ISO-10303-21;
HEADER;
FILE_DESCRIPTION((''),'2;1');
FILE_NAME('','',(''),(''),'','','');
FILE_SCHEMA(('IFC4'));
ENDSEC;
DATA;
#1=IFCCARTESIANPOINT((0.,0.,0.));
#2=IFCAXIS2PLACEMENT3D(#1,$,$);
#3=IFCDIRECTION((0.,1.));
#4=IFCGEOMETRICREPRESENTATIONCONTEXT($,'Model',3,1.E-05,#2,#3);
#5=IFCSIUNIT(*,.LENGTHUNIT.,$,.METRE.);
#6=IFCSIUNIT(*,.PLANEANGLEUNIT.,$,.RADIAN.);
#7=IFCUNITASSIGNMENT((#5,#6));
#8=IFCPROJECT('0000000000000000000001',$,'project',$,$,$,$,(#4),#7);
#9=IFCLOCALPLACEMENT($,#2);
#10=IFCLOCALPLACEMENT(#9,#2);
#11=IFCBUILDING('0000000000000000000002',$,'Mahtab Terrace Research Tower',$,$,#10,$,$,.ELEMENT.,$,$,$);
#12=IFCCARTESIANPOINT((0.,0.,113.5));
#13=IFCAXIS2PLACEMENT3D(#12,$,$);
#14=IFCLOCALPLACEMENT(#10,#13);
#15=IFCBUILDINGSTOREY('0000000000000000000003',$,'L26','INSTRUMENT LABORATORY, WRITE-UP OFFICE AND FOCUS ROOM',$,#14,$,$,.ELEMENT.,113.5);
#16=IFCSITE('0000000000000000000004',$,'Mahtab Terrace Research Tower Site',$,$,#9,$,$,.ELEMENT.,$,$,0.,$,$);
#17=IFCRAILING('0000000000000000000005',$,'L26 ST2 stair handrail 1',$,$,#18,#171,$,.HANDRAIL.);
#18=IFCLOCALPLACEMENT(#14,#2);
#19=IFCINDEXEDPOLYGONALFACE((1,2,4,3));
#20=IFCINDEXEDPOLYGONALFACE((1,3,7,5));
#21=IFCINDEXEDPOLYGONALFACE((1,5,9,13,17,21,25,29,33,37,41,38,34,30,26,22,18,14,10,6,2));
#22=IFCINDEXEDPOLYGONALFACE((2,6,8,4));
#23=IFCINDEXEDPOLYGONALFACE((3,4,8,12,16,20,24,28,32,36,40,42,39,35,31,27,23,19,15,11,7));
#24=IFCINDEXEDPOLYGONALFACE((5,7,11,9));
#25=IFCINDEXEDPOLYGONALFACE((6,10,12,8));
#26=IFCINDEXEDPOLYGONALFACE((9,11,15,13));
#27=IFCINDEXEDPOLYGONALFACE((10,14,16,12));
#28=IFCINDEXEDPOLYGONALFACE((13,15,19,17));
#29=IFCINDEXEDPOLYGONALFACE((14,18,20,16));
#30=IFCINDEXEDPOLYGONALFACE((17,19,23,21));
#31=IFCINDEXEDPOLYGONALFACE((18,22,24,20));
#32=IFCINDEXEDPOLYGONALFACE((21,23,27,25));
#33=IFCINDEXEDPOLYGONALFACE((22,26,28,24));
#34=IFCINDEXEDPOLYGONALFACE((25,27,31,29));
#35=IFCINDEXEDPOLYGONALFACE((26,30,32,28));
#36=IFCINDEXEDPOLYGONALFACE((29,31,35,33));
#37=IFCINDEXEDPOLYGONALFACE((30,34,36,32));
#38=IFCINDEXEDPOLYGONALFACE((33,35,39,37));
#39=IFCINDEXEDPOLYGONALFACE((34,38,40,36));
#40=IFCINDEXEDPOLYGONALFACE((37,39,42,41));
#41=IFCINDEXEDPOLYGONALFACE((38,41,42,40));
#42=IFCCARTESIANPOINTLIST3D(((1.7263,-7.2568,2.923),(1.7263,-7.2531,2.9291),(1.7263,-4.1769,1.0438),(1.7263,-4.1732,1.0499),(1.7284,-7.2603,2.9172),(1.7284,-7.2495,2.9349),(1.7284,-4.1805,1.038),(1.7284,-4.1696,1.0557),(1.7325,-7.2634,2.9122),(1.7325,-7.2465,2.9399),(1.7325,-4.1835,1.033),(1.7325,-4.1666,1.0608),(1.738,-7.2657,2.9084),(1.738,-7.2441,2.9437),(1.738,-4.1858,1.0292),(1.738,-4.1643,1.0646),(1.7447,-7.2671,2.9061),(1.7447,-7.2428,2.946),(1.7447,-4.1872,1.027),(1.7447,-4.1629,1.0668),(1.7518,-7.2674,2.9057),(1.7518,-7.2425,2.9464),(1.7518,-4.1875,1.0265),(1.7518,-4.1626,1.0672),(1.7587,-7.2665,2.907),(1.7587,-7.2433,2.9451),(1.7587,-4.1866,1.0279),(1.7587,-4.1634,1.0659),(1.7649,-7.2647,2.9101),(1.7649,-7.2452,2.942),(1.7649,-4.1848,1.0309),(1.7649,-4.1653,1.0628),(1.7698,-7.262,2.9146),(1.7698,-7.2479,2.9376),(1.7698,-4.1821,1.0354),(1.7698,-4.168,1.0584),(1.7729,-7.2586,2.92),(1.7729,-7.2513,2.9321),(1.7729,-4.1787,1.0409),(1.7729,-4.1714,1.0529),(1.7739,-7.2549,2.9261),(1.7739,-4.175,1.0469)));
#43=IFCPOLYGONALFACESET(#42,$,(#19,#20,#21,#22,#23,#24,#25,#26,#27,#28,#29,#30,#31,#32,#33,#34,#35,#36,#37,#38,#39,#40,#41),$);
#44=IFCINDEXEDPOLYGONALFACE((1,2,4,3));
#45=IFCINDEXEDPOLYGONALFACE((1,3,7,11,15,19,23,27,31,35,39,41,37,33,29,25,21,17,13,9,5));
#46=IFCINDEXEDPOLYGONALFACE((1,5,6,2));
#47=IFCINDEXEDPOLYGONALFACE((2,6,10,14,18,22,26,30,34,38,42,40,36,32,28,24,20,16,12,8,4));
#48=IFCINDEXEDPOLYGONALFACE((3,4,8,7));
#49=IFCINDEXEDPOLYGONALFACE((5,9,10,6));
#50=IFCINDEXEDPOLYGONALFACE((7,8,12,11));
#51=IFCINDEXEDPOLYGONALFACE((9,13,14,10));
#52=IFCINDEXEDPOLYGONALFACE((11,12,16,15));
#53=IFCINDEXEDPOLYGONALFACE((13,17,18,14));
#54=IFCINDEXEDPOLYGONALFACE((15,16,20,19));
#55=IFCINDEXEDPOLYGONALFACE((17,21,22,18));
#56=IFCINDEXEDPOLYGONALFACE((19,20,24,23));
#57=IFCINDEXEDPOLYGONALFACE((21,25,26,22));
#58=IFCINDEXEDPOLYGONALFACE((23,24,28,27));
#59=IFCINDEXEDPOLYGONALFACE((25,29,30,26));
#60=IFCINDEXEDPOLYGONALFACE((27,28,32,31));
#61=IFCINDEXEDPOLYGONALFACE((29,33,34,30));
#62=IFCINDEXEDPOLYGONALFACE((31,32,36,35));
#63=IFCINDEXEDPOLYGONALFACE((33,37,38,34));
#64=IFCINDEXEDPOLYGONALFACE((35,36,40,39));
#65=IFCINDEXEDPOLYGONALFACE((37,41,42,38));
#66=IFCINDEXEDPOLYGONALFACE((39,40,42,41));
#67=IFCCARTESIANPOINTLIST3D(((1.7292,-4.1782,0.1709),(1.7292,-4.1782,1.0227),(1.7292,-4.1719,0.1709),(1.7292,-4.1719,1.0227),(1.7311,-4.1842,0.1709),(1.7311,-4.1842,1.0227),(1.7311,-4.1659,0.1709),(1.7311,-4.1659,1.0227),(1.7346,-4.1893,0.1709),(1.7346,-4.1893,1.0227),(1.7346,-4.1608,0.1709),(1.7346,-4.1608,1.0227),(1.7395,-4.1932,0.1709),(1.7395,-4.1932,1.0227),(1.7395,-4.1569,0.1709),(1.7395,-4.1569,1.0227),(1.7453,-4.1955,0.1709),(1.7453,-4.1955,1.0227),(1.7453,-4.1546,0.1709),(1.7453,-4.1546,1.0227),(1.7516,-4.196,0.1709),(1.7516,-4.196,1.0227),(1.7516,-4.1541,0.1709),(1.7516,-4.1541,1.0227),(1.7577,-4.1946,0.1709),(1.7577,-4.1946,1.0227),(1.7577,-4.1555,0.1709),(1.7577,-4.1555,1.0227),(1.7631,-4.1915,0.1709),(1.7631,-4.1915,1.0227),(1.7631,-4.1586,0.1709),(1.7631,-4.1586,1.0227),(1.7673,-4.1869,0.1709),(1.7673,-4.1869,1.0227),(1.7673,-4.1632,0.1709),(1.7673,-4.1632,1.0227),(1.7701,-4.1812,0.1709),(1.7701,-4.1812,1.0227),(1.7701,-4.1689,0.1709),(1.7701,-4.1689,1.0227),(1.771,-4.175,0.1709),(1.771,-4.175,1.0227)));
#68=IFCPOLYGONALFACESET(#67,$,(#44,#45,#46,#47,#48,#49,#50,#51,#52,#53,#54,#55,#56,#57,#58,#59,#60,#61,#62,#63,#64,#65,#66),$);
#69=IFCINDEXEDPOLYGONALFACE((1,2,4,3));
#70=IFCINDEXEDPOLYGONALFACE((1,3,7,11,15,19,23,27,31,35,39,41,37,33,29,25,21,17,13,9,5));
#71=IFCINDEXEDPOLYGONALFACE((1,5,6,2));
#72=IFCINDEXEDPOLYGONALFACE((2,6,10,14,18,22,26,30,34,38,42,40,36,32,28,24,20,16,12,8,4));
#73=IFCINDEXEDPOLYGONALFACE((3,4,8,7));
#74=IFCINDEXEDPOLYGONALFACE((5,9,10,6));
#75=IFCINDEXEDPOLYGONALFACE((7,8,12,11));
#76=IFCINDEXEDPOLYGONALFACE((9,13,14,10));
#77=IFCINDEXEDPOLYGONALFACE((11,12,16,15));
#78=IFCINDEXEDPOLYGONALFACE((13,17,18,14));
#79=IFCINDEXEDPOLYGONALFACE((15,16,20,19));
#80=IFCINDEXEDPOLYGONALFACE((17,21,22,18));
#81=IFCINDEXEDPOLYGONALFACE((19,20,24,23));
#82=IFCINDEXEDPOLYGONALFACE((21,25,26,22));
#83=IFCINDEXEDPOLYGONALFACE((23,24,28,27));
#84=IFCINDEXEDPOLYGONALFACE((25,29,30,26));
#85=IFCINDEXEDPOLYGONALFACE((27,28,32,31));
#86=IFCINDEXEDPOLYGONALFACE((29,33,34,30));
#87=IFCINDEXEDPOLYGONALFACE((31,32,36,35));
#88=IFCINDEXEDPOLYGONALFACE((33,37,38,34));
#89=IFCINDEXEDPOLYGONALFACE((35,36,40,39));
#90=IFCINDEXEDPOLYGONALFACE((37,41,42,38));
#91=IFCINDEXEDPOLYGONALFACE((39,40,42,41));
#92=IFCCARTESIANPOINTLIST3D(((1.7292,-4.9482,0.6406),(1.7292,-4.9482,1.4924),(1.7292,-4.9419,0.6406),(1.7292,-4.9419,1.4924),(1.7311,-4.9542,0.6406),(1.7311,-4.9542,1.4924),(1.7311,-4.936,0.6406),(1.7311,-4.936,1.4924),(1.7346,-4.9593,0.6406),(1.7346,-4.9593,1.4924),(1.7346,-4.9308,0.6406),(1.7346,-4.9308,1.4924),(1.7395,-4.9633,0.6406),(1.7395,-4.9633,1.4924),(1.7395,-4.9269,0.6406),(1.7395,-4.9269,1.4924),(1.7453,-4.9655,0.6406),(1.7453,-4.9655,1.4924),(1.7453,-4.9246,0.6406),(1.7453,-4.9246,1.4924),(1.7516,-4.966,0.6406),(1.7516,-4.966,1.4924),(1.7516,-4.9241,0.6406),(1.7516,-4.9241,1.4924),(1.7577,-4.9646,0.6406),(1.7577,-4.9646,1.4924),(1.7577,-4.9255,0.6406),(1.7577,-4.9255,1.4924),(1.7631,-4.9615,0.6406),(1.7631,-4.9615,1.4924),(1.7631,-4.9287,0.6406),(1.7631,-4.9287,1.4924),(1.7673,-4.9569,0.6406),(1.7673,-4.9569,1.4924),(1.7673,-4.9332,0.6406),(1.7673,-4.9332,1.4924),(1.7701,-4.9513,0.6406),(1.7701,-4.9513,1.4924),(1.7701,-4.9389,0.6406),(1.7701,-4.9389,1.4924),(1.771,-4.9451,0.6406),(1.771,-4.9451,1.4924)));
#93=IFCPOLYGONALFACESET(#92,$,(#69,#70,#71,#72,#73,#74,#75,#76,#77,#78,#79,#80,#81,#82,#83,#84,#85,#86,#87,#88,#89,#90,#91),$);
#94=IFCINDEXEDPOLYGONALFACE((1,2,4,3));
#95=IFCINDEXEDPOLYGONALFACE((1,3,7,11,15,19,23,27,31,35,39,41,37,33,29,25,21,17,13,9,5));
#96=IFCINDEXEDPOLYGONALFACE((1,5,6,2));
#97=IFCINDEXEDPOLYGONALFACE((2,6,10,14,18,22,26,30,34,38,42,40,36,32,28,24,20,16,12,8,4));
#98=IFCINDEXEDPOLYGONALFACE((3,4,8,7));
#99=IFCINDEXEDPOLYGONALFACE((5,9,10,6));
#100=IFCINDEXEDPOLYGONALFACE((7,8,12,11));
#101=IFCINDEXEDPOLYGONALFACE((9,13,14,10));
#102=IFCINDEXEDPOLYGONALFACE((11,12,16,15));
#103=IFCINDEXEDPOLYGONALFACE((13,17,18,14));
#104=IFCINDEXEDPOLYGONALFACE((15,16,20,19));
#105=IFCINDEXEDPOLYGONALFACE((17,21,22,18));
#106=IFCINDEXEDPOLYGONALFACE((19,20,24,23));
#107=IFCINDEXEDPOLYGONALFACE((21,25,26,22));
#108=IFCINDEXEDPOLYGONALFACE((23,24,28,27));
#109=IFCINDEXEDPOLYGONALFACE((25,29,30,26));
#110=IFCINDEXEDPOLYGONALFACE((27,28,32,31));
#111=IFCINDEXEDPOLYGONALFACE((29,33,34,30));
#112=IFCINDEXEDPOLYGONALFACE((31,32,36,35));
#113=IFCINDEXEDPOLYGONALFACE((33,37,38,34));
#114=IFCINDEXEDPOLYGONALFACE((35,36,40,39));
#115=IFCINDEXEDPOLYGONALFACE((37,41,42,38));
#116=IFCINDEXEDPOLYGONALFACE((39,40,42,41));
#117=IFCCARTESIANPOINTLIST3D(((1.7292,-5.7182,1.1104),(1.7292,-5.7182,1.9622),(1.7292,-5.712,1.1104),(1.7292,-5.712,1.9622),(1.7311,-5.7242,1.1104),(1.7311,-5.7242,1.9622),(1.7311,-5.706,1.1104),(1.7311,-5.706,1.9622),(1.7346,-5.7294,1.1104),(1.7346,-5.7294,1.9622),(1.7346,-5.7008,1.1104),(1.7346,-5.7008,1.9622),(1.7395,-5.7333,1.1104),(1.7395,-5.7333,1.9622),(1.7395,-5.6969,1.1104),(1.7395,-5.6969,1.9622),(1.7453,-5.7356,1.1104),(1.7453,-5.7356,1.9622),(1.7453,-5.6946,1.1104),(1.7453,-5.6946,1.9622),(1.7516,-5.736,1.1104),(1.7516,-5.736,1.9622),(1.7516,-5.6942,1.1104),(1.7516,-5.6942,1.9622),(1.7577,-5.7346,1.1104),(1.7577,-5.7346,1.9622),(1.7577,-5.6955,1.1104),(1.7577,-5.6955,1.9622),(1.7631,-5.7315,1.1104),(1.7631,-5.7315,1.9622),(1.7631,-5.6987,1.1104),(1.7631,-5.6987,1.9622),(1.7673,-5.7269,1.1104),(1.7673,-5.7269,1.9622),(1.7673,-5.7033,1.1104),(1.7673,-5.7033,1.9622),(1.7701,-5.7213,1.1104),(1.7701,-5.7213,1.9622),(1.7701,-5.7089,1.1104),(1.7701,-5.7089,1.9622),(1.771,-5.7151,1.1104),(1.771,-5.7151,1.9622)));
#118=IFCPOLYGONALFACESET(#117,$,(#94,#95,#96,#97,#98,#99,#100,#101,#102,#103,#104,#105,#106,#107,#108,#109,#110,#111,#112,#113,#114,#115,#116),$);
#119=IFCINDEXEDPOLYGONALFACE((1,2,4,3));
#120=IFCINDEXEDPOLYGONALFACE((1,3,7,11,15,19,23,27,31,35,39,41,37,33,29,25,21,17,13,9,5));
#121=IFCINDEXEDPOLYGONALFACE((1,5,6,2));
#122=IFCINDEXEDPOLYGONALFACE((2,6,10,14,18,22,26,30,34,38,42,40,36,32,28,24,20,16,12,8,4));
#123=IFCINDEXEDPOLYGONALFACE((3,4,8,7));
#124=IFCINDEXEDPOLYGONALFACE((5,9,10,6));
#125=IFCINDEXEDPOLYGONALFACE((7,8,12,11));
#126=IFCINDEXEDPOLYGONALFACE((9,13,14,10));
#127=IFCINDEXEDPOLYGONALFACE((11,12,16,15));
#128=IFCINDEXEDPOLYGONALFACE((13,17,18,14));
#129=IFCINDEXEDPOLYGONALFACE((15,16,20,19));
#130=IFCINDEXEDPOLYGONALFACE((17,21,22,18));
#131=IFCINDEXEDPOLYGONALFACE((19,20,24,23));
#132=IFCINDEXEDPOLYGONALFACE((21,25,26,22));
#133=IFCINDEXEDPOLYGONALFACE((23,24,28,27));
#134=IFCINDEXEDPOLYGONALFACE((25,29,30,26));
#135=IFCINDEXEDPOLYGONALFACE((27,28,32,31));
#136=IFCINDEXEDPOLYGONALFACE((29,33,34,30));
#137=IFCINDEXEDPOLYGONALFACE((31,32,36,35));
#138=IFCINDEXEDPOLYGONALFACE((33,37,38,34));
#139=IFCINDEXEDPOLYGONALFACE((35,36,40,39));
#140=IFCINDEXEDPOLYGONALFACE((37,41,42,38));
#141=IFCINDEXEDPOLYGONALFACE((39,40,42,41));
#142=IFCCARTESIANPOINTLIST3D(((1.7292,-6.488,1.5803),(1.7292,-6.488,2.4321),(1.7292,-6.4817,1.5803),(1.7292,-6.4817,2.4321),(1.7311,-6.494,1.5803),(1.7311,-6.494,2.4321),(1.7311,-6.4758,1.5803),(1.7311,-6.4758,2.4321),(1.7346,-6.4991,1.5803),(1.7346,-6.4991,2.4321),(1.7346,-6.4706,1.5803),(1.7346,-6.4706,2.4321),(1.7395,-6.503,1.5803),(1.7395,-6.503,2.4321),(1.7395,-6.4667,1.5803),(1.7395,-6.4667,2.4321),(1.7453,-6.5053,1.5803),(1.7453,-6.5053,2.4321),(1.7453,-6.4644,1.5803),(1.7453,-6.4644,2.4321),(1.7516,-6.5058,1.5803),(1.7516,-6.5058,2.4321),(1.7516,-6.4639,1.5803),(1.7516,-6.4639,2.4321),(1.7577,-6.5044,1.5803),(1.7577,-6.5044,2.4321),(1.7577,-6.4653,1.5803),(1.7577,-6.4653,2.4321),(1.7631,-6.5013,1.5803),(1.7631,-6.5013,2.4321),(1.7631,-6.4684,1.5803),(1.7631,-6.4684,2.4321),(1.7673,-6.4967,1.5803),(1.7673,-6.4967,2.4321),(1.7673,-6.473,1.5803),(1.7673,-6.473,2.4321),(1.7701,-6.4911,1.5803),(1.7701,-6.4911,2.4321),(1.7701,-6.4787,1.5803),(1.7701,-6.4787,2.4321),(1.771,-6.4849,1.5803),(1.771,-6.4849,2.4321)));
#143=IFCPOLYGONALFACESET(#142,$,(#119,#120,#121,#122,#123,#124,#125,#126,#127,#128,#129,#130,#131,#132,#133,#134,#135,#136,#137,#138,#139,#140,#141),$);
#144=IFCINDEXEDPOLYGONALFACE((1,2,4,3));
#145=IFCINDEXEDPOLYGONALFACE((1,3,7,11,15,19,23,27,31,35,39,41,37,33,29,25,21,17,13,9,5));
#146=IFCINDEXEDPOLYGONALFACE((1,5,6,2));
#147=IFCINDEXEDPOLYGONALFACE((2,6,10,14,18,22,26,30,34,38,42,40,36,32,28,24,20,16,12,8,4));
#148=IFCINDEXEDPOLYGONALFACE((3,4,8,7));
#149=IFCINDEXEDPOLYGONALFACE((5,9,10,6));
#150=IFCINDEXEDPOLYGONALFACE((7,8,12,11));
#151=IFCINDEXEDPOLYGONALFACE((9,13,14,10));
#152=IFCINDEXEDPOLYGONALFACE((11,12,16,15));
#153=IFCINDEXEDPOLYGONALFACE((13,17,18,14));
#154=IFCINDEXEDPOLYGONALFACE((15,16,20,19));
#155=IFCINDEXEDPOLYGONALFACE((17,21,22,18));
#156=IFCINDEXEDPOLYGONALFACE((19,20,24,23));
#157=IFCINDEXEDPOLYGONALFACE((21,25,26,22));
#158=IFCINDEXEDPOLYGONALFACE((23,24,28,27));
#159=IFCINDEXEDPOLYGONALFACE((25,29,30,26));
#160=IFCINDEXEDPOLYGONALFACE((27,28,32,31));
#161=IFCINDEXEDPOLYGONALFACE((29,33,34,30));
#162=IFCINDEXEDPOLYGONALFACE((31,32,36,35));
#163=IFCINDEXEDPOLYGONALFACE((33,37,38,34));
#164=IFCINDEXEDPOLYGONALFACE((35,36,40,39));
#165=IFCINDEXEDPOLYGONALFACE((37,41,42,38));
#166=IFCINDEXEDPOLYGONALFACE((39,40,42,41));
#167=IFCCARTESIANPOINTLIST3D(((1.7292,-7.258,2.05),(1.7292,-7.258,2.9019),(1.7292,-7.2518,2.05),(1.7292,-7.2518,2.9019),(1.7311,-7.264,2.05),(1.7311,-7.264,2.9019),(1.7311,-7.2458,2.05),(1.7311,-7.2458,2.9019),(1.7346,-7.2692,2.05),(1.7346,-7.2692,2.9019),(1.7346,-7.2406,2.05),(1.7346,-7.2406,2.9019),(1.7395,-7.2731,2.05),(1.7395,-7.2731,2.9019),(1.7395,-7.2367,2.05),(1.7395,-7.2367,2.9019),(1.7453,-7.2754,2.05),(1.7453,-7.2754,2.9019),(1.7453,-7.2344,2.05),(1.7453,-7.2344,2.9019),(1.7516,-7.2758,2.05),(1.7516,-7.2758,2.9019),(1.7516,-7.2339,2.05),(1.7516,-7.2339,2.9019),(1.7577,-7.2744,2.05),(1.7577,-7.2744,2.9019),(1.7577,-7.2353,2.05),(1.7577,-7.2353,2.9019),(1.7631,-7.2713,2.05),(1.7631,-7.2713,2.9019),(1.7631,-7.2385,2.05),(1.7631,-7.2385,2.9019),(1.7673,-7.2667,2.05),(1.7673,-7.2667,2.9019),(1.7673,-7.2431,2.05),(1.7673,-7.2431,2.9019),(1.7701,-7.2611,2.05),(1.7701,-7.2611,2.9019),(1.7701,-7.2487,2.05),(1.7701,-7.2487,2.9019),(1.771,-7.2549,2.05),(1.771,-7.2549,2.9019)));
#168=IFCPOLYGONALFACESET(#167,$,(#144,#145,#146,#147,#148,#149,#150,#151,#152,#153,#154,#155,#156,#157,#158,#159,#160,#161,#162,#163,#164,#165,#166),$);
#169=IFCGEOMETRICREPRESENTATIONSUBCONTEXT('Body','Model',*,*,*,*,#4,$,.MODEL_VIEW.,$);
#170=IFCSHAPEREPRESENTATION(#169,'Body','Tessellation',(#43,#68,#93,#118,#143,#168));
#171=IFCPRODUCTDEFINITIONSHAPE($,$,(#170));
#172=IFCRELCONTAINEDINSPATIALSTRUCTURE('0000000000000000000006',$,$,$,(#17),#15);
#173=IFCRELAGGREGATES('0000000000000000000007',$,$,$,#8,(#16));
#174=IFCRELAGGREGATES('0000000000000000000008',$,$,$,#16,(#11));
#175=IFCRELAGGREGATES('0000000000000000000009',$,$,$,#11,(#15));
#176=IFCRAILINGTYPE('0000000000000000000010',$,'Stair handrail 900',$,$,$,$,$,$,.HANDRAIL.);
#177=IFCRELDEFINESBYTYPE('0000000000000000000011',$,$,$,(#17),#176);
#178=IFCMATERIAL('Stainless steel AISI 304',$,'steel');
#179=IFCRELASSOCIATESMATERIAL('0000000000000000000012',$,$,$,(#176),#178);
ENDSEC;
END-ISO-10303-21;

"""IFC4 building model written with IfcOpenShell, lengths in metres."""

from ifc_helpers import new_model, si_unit, direction, frame, origin, origin_2d, place, context, subcontext, project, spatial, circle, extrude, material, type_object, element, save


model = new_model("IFC4")

# Units and contexts
model_context = context("Model", 3, precision=1e-05, world=origin(), true_north=direction((0.0, 1.0)))
body_context = subcontext(model_context, "Body", "Model", "MODEL_VIEW")
ifc_project = project(units=[si_unit("LENGTHUNIT", "METRE"), si_unit("PLANEANGLEUNIT", "RADIAN")], contexts=[model_context])

# Site, building, storey
site_placement = place(None, origin())
site = spatial("IfcSite", under=ifc_project, at=site_placement, Name="Mahtab Terrace Research Tower Site", CompositionType="ELEMENT", RefElevation=0.0)
building_placement = place(site_placement, origin())
building = spatial("IfcBuilding", under=site, at=building_placement, Name="Mahtab Terrace Research Tower", CompositionType="ELEMENT")
storey_placement = place(building_placement, frame((0.0, 0.0, 113.5)))
storey = spatial("IfcBuildingStorey", under=building, at=storey_placement, Name="L26", Description="INSTRUMENT LABORATORY, WRITE-UP OFFICE AND FOCUS ROOM", CompositionType="ELEMENT", Elevation=113.5)

# Railing
ifc_material_1 = material(Name="Stainless steel AISI 304", Category="steel")
railing_type_1 = type_object("IfcRailingType", Name="Stair handrail 900", PredefinedType="HANDRAIL", material=ifc_material_1)
railing_1_placement = place(storey_placement, frame((1.75, -4.175, 0.1709)))
element("IfcRailing", 1, at=railing_1_placement, inside=storey, type_object=railing_type_1, Name="L26 ST2 stair handrail 1", PredefinedType="HANDRAIL", context=body_context, shape_type="SweptSolid", body=[
    extrude(circle(Radius=0.0239, at=origin_2d()), frame((0.0, 0.0, 0.876), z_axis=(0.0, -0.853648, 0.52085), x_axis=(1.0, 0.0, 0.0)), (0.0, 0.0, 1.0), 3.6079),
    extrude(circle(Radius=0.021, at=origin_2d()), origin(), (0.0, 0.0, 1.0), 0.8518),
    extrude(circle(Radius=0.021, at=origin_2d()), frame((0.0, -0.77, 0.4697)), (0.0, 0.0, 1.0), 0.8518),
    extrude(circle(Radius=0.021, at=origin_2d()), frame((0.0, -1.54, 0.9395)), (0.0, 0.0, 1.0), 0.8518),
    extrude(circle(Radius=0.021, at=origin_2d()), frame((0.0, -2.3098, 1.4094)), (0.0, 0.0, 1.0), 0.8518),
    extrude(circle(Radius=0.021, at=origin_2d()), frame((0.0, -3.0798, 1.8792)), (0.0, 0.0, 1.0), 0.8518),
])

save(model, "model.ifc")
